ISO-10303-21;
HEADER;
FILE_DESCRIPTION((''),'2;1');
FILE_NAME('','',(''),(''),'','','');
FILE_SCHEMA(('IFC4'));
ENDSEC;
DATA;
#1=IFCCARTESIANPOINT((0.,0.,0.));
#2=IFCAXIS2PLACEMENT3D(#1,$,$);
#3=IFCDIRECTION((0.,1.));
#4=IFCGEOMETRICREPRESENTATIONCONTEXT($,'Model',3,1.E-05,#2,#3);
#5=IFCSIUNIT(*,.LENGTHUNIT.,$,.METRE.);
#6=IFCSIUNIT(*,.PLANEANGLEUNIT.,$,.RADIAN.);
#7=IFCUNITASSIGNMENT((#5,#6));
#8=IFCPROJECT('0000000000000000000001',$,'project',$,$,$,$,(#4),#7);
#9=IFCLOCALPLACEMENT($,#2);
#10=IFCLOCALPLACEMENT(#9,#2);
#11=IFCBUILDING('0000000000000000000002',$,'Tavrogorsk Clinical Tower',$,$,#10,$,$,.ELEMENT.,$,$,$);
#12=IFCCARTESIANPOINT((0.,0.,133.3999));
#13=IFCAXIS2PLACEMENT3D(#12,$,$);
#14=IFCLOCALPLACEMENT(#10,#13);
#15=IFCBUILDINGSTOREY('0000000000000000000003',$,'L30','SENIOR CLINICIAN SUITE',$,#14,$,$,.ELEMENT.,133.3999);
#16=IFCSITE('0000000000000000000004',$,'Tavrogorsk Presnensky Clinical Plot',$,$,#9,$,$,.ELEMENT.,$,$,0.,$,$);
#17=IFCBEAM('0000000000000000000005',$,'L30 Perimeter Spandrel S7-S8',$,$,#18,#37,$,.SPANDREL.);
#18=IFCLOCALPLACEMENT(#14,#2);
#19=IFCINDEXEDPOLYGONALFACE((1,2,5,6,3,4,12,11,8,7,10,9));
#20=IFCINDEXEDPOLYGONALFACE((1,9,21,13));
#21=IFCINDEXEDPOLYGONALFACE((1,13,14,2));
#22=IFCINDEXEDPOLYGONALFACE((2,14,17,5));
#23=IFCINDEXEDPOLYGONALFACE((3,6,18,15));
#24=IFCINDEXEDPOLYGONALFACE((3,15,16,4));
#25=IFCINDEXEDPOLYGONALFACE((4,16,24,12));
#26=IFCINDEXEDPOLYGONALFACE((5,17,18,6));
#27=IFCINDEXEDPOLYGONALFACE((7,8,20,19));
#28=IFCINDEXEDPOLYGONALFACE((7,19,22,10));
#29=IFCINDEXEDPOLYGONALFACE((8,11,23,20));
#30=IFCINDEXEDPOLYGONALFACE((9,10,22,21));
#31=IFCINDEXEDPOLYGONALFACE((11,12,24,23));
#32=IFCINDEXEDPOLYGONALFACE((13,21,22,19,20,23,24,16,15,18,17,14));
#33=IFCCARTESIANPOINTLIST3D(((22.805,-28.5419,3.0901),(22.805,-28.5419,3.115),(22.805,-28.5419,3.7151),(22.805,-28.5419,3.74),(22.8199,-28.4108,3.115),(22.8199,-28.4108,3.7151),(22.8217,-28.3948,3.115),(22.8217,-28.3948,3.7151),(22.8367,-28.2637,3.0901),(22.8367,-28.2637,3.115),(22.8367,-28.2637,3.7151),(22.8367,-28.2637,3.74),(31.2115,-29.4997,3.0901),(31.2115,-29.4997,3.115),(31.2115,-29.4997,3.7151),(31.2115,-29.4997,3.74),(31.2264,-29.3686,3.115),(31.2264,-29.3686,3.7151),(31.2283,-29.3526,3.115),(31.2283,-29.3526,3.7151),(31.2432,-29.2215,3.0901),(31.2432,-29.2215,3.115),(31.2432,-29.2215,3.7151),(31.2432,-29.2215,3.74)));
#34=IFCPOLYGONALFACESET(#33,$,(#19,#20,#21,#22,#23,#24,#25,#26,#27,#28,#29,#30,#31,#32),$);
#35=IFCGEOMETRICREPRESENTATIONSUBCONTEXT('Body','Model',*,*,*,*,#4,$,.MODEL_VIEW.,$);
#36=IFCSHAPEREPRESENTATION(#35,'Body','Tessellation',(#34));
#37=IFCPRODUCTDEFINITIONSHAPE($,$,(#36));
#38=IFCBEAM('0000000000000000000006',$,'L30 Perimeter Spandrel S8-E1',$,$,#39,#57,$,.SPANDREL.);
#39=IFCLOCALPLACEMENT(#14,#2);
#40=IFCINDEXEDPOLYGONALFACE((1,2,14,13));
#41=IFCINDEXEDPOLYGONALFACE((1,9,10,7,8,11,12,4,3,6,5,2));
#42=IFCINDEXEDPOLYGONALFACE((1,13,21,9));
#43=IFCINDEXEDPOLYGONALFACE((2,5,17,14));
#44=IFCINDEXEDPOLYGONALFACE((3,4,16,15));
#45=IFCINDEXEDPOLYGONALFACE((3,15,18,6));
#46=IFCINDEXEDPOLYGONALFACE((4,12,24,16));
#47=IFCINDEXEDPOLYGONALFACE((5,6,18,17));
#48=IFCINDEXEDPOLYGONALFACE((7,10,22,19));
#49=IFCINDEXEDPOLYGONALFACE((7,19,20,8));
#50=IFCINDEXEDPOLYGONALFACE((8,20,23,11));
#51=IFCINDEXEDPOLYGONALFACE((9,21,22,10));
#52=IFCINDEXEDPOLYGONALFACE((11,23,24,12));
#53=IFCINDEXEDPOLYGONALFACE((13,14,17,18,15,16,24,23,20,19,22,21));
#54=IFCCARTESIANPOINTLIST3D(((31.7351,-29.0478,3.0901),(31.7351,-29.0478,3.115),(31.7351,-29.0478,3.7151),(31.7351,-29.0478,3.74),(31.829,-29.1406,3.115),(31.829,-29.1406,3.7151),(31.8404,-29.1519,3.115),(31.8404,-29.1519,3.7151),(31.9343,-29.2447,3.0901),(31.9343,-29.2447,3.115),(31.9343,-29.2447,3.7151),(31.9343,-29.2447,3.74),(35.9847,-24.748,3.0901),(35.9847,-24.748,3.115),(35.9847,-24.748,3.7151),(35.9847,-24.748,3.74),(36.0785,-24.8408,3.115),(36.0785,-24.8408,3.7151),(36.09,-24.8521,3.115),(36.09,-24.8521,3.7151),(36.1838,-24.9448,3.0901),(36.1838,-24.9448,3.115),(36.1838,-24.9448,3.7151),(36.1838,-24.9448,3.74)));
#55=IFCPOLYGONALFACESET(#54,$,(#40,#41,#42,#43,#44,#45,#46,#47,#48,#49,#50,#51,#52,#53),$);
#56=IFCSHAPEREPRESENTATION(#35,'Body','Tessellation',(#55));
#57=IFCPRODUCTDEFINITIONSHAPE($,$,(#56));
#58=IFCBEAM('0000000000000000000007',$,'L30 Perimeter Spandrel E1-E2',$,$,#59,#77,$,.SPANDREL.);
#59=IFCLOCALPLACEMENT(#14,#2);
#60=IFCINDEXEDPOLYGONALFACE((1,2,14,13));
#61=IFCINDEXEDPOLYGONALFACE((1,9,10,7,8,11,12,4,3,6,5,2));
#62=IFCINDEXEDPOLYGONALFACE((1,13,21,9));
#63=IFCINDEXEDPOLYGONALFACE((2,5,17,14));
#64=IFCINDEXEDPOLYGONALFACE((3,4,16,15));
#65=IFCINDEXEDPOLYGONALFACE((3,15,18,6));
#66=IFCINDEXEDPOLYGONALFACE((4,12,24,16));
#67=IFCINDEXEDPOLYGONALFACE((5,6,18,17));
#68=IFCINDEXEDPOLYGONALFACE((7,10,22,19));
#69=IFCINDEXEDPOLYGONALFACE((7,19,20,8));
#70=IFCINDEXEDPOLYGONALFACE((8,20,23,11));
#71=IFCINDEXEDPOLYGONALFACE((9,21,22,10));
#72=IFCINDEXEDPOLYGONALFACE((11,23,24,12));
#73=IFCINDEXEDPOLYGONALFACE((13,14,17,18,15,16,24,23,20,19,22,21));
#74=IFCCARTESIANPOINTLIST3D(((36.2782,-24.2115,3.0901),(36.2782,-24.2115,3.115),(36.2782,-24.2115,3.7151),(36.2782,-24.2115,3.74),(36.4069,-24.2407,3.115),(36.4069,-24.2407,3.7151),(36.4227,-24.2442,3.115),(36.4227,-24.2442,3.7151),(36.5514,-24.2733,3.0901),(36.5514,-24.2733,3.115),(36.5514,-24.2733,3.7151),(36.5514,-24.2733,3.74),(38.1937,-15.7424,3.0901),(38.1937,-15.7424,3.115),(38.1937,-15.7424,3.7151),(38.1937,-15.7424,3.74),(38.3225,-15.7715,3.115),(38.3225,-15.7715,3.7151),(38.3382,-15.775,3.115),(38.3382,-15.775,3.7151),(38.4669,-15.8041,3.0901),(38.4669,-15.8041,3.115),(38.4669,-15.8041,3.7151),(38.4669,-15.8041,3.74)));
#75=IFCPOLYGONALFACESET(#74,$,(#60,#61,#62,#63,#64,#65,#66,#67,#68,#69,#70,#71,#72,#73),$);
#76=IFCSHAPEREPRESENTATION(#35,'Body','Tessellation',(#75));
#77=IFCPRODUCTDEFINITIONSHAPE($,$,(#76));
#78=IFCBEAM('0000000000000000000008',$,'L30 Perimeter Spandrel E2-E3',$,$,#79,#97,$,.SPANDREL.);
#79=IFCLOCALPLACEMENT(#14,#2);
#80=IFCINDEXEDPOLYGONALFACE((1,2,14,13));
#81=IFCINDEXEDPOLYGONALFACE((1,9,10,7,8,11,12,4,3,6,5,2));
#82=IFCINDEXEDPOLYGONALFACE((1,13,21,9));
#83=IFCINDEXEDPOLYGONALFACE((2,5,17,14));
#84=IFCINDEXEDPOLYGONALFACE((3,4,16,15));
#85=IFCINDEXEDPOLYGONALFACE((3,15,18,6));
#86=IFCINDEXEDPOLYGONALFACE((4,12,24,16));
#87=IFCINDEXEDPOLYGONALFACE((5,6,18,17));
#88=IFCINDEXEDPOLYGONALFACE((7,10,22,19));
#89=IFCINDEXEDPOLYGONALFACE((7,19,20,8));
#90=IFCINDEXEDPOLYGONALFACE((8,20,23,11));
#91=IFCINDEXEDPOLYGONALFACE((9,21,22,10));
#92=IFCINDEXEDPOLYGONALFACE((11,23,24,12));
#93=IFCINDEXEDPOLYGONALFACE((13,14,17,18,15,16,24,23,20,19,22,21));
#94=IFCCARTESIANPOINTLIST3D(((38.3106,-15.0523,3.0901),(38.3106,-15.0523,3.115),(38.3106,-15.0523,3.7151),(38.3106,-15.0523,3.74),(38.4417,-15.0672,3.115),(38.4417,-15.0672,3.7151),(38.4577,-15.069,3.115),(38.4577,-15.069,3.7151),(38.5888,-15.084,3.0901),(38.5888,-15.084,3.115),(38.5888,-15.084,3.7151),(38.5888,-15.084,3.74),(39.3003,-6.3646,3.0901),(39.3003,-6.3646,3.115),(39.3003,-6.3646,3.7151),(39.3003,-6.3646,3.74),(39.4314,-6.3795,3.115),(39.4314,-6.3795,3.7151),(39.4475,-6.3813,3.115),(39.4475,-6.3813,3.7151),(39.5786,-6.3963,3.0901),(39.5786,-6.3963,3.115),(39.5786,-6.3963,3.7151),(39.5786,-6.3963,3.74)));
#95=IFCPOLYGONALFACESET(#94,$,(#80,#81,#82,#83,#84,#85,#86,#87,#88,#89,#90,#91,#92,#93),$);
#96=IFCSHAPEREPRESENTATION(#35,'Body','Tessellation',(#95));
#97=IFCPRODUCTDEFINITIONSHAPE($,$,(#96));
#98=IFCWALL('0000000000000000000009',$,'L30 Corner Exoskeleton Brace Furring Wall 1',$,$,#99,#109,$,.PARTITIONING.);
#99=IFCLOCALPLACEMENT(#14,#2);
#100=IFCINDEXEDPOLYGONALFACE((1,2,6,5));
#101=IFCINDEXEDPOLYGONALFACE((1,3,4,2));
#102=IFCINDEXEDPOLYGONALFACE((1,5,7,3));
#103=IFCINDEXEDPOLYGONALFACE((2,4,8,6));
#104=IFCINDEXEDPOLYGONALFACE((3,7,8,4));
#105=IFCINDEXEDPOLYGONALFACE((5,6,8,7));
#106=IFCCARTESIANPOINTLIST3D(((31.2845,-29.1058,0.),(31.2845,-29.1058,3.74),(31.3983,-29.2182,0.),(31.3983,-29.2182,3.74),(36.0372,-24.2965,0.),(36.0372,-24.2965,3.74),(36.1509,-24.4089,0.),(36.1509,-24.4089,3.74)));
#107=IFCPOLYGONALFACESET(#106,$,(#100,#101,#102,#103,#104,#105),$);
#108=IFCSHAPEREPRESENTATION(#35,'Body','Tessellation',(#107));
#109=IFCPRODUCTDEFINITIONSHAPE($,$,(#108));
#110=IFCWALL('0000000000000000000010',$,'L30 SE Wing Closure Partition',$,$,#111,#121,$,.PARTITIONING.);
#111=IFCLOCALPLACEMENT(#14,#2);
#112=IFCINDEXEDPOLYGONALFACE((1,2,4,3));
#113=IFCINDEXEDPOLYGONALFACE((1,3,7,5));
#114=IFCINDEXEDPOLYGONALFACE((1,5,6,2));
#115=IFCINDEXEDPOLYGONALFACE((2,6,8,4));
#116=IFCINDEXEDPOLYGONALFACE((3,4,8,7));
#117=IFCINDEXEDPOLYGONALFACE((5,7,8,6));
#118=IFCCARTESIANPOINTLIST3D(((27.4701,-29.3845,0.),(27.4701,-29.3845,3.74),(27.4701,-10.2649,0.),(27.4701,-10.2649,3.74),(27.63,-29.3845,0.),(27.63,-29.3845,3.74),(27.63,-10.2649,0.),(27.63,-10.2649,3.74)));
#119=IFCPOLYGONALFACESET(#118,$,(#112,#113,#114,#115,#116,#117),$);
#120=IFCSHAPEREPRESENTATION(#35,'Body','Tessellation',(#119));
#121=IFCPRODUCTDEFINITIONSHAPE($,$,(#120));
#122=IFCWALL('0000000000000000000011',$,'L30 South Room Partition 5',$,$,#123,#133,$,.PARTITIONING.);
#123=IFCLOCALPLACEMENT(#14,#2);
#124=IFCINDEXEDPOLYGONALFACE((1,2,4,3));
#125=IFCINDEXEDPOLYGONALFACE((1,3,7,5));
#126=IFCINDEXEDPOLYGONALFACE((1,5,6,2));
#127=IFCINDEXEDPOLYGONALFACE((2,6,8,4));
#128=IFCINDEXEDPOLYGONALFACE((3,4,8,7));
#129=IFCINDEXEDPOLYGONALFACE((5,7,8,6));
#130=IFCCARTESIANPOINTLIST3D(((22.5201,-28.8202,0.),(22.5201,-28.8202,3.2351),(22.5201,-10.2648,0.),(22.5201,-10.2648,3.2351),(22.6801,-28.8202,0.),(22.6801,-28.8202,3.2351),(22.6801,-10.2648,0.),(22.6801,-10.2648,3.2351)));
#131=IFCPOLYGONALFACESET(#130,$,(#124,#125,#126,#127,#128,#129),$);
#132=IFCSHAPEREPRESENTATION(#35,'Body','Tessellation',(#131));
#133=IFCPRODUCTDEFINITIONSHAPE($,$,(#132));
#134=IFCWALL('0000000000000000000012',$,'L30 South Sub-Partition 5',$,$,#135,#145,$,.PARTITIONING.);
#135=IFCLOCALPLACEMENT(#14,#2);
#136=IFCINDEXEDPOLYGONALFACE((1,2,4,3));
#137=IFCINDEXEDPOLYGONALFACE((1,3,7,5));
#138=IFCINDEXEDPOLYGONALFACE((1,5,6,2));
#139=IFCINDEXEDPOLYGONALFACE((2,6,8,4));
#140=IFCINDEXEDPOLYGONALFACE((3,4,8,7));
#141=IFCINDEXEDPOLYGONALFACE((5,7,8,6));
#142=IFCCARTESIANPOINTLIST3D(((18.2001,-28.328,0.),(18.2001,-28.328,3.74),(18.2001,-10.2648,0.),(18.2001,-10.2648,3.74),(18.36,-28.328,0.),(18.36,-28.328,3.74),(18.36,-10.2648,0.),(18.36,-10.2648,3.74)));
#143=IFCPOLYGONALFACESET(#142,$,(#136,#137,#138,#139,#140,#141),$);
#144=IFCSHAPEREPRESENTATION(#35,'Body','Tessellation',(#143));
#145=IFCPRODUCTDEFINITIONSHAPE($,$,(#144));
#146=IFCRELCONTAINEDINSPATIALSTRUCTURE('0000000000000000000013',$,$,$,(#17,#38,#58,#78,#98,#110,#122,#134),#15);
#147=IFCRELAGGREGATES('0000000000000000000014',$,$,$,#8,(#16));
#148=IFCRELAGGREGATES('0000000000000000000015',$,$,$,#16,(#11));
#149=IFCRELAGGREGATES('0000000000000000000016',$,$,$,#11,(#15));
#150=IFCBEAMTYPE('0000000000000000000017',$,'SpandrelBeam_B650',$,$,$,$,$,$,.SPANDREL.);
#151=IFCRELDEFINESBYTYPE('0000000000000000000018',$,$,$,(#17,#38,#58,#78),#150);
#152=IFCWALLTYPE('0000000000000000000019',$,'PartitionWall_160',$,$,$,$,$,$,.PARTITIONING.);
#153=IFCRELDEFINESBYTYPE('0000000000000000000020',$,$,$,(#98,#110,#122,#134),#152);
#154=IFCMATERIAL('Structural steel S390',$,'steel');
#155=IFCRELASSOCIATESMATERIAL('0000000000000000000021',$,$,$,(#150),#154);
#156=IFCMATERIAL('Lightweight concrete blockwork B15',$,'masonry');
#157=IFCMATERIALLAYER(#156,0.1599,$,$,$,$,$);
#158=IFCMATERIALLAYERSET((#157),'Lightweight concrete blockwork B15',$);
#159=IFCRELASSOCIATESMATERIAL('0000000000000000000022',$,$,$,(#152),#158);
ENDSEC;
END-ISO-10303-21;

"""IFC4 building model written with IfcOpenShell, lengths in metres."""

from ifc_helpers import new_model, si_unit, direction, frame, frame_2d, origin, origin_2d, place, context, subcontext, project, spatial, rectangle, i_section, extrude, material, layer, layer_set, material_profile, profile_set, type_object, element, save


model = new_model("IFC4")

# Units and contexts
model_context = context("Model", 3, precision=1e-05, world=origin(), true_north=direction((0.0, 1.0)))
body_context = subcontext(model_context, "Body", "Model", "MODEL_VIEW")
ifc_project = project(units=[si_unit("LENGTHUNIT", "METRE"), si_unit("PLANEANGLEUNIT", "RADIAN")], contexts=[model_context])

# Site, building, storey
site_placement = place(None, origin())
site = spatial("IfcSite", under=ifc_project, at=site_placement, Name="Tavrogorsk Presnensky Clinical Plot", CompositionType="ELEMENT", RefElevation=0.0)
building_placement = place(site_placement, origin())
building = spatial("IfcBuilding", under=site, at=building_placement, Name="Tavrogorsk Clinical Tower", CompositionType="ELEMENT")
storey_placement = place(building_placement, frame((0.0, 0.0, 133.3999)))
storey = spatial("IfcBuildingStorey", under=building, at=storey_placement, Name="L30", Description="SENIOR CLINICIAN SUITE", CompositionType="ELEMENT", Elevation=133.3999)

# Beams
ifc_material_1 = material(Name="Structural steel S390", Category="steel")
ifc_material_profile_1 = material_profile(ifc_material_1, i_section(OverallWidth=0.28, OverallDepth=0.6499, WebThickness=0.0161, FlangeThickness=0.0249, at=origin_2d()), Name="B-650x280x16x25")
ifc_profile_set_1 = profile_set([ifc_material_profile_1], Name="Structural steel S390")
beam_type_1 = type_object("IfcBeamType", Name="SpandrelBeam_B650", PredefinedType="SPANDREL", material=ifc_profile_set_1)
beam_1_placement = place(storey_placement, frame((22.8208, -28.4028, 3.415), z_axis=(0.993572, -0.113199, 0.0), x_axis=(0.113199, 0.993572, 0.0)))
element("IfcBeam", 1, at=beam_1_placement, inside=storey, type_object=beam_type_1, Name="L30 Perimeter Spandrel S7-S8", PredefinedType="SPANDREL", context=body_context, shape_type="SweptSolid", body=[
    extrude(i_section(OverallWidth=0.28, OverallDepth=0.6499, WebThickness=0.0161, FlangeThickness=0.0249, at=origin_2d()), origin(), (0.0, 0.0, 1.0), 8.4609),
])
beam_2_placement = place(storey_placement, frame((31.8347, -29.1462, 3.415), z_axis=(0.702935, 0.711254, 0.0), x_axis=(-0.711254, 0.702935, 0.0)))
element("IfcBeam", 2, at=beam_2_placement, inside=storey, type_object=beam_type_1, Name="L30 Perimeter Spandrel S8-E1", PredefinedType="SPANDREL", context=body_context, shape_type="SweptSolid", body=[
    extrude(i_section(OverallWidth=0.28, OverallDepth=0.6499, WebThickness=0.0161, FlangeThickness=0.0249, at=origin_2d()), origin(), (0.0, 0.0, 1.0), 6.0454),
])
beam_3_placement = place(storey_placement, frame((36.4148, -24.2424, 3.415), z_axis=(0.220603, 0.975364, 0.0), x_axis=(-0.975364, 0.220603, 0.0)))
element("IfcBeam", 3, at=beam_3_placement, inside=storey, type_object=beam_type_1, Name="L30 Perimeter Spandrel E1-E2", PredefinedType="SPANDREL", context=body_context, shape_type="SweptSolid", body=[
    extrude(i_section(OverallWidth=0.28, OverallDepth=0.6499, WebThickness=0.0161, FlangeThickness=0.0249, at=origin_2d()), origin(), (0.0, 0.0, 1.0), 8.6831),
])
beam_4_placement = place(storey_placement, frame((38.4497, -15.0681, 3.415), z_axis=(0.113192, 0.993573, 0.0), x_axis=(-0.993573, 0.113192, 0.0)))
element("IfcBeam", 4, at=beam_4_placement, inside=storey, type_object=beam_type_1, Name="L30 Perimeter Spandrel E2-E3", PredefinedType="SPANDREL", context=body_context, shape_type="SweptSolid", body=[
    extrude(i_section(OverallWidth=0.28, OverallDepth=0.6499, WebThickness=0.0161, FlangeThickness=0.0249, at=origin_2d()), origin(), (0.0, 0.0, 1.0), 8.7439),
])

# Walls
ifc_material_2 = material(Name="Lightweight concrete blockwork B15", Category="masonry")
ifc_layer_1 = layer(ifc_material_2, 0.1599)
ifc_layer_set_1 = layer_set([ifc_layer_1], Name="Lightweight concrete blockwork B15")
wall_type_1 = type_object("IfcWallType", Name="PartitionWall_160", PredefinedType="PARTITIONING", material=ifc_layer_set_1)
wall_1_placement = place(storey_placement, frame((31.3413, -29.1621, 0.0), z_axis=(0.0, 0.0, 1.0), x_axis=(0.702906, 0.711283, 0.0)))
element("IfcWall", 5, at=wall_1_placement, inside=storey, type_object=wall_type_1, Name="L30 Corner Exoskeleton Brace Furring Wall 1", PredefinedType="PARTITIONING", context=body_context, shape_type="SweptSolid", body=[
    extrude(rectangle(XDim=6.7615, YDim=0.1599, at=frame_2d((3.3809, 0.0))), origin(), (0.0, 0.0, 1.0), 3.74),
])
wall_2_placement = place(storey_placement, frame((27.55, -29.3845, 0.0), z_axis=(0.0, 0.0, 1.0), x_axis=(0.0, 1.0, 0.0)))
element("IfcWall", 6, at=wall_2_placement, inside=storey, type_object=wall_type_1, Name="L30 SE Wing Closure Partition", PredefinedType="PARTITIONING", context=body_context, shape_type="SweptSolid", body=[
    extrude(rectangle(XDim=19.1196, YDim=0.1599, at=frame_2d((9.5598, 0.0))), origin(), (0.0, 0.0, 1.0), 3.74),
])
wall_3_placement = place(storey_placement, frame((22.6001, -28.8203, 0.0), z_axis=(0.0, 0.0, 1.0), x_axis=(0.0, 1.0, 0.0)))
element("IfcWall", 7, at=wall_3_placement, inside=storey, type_object=wall_type_1, Name="L30 South Room Partition 5", PredefinedType="PARTITIONING", context=body_context, shape_type="SweptSolid", body=[
    extrude(rectangle(XDim=18.5554, YDim=0.1599, at=frame_2d((9.2778, 0.0))), origin(), (0.0, 0.0, 1.0), 3.2351),
])
wall_4_placement = place(storey_placement, frame((18.28, -28.3281, 0.0), z_axis=(0.0, 0.0, 1.0), x_axis=(0.0, 1.0, 0.0)))
element("IfcWall", 8, at=wall_4_placement, inside=storey, type_object=wall_type_1, Name="L30 South Sub-Partition 5", PredefinedType="PARTITIONING", context=body_context, shape_type="SweptSolid", body=[
    extrude(rectangle(XDim=18.0632, YDim=0.1599, at=frame_2d((9.0317, 0.0))), origin(), (0.0, 0.0, 1.0), 3.74),
])

save(model, "model.ifc")
